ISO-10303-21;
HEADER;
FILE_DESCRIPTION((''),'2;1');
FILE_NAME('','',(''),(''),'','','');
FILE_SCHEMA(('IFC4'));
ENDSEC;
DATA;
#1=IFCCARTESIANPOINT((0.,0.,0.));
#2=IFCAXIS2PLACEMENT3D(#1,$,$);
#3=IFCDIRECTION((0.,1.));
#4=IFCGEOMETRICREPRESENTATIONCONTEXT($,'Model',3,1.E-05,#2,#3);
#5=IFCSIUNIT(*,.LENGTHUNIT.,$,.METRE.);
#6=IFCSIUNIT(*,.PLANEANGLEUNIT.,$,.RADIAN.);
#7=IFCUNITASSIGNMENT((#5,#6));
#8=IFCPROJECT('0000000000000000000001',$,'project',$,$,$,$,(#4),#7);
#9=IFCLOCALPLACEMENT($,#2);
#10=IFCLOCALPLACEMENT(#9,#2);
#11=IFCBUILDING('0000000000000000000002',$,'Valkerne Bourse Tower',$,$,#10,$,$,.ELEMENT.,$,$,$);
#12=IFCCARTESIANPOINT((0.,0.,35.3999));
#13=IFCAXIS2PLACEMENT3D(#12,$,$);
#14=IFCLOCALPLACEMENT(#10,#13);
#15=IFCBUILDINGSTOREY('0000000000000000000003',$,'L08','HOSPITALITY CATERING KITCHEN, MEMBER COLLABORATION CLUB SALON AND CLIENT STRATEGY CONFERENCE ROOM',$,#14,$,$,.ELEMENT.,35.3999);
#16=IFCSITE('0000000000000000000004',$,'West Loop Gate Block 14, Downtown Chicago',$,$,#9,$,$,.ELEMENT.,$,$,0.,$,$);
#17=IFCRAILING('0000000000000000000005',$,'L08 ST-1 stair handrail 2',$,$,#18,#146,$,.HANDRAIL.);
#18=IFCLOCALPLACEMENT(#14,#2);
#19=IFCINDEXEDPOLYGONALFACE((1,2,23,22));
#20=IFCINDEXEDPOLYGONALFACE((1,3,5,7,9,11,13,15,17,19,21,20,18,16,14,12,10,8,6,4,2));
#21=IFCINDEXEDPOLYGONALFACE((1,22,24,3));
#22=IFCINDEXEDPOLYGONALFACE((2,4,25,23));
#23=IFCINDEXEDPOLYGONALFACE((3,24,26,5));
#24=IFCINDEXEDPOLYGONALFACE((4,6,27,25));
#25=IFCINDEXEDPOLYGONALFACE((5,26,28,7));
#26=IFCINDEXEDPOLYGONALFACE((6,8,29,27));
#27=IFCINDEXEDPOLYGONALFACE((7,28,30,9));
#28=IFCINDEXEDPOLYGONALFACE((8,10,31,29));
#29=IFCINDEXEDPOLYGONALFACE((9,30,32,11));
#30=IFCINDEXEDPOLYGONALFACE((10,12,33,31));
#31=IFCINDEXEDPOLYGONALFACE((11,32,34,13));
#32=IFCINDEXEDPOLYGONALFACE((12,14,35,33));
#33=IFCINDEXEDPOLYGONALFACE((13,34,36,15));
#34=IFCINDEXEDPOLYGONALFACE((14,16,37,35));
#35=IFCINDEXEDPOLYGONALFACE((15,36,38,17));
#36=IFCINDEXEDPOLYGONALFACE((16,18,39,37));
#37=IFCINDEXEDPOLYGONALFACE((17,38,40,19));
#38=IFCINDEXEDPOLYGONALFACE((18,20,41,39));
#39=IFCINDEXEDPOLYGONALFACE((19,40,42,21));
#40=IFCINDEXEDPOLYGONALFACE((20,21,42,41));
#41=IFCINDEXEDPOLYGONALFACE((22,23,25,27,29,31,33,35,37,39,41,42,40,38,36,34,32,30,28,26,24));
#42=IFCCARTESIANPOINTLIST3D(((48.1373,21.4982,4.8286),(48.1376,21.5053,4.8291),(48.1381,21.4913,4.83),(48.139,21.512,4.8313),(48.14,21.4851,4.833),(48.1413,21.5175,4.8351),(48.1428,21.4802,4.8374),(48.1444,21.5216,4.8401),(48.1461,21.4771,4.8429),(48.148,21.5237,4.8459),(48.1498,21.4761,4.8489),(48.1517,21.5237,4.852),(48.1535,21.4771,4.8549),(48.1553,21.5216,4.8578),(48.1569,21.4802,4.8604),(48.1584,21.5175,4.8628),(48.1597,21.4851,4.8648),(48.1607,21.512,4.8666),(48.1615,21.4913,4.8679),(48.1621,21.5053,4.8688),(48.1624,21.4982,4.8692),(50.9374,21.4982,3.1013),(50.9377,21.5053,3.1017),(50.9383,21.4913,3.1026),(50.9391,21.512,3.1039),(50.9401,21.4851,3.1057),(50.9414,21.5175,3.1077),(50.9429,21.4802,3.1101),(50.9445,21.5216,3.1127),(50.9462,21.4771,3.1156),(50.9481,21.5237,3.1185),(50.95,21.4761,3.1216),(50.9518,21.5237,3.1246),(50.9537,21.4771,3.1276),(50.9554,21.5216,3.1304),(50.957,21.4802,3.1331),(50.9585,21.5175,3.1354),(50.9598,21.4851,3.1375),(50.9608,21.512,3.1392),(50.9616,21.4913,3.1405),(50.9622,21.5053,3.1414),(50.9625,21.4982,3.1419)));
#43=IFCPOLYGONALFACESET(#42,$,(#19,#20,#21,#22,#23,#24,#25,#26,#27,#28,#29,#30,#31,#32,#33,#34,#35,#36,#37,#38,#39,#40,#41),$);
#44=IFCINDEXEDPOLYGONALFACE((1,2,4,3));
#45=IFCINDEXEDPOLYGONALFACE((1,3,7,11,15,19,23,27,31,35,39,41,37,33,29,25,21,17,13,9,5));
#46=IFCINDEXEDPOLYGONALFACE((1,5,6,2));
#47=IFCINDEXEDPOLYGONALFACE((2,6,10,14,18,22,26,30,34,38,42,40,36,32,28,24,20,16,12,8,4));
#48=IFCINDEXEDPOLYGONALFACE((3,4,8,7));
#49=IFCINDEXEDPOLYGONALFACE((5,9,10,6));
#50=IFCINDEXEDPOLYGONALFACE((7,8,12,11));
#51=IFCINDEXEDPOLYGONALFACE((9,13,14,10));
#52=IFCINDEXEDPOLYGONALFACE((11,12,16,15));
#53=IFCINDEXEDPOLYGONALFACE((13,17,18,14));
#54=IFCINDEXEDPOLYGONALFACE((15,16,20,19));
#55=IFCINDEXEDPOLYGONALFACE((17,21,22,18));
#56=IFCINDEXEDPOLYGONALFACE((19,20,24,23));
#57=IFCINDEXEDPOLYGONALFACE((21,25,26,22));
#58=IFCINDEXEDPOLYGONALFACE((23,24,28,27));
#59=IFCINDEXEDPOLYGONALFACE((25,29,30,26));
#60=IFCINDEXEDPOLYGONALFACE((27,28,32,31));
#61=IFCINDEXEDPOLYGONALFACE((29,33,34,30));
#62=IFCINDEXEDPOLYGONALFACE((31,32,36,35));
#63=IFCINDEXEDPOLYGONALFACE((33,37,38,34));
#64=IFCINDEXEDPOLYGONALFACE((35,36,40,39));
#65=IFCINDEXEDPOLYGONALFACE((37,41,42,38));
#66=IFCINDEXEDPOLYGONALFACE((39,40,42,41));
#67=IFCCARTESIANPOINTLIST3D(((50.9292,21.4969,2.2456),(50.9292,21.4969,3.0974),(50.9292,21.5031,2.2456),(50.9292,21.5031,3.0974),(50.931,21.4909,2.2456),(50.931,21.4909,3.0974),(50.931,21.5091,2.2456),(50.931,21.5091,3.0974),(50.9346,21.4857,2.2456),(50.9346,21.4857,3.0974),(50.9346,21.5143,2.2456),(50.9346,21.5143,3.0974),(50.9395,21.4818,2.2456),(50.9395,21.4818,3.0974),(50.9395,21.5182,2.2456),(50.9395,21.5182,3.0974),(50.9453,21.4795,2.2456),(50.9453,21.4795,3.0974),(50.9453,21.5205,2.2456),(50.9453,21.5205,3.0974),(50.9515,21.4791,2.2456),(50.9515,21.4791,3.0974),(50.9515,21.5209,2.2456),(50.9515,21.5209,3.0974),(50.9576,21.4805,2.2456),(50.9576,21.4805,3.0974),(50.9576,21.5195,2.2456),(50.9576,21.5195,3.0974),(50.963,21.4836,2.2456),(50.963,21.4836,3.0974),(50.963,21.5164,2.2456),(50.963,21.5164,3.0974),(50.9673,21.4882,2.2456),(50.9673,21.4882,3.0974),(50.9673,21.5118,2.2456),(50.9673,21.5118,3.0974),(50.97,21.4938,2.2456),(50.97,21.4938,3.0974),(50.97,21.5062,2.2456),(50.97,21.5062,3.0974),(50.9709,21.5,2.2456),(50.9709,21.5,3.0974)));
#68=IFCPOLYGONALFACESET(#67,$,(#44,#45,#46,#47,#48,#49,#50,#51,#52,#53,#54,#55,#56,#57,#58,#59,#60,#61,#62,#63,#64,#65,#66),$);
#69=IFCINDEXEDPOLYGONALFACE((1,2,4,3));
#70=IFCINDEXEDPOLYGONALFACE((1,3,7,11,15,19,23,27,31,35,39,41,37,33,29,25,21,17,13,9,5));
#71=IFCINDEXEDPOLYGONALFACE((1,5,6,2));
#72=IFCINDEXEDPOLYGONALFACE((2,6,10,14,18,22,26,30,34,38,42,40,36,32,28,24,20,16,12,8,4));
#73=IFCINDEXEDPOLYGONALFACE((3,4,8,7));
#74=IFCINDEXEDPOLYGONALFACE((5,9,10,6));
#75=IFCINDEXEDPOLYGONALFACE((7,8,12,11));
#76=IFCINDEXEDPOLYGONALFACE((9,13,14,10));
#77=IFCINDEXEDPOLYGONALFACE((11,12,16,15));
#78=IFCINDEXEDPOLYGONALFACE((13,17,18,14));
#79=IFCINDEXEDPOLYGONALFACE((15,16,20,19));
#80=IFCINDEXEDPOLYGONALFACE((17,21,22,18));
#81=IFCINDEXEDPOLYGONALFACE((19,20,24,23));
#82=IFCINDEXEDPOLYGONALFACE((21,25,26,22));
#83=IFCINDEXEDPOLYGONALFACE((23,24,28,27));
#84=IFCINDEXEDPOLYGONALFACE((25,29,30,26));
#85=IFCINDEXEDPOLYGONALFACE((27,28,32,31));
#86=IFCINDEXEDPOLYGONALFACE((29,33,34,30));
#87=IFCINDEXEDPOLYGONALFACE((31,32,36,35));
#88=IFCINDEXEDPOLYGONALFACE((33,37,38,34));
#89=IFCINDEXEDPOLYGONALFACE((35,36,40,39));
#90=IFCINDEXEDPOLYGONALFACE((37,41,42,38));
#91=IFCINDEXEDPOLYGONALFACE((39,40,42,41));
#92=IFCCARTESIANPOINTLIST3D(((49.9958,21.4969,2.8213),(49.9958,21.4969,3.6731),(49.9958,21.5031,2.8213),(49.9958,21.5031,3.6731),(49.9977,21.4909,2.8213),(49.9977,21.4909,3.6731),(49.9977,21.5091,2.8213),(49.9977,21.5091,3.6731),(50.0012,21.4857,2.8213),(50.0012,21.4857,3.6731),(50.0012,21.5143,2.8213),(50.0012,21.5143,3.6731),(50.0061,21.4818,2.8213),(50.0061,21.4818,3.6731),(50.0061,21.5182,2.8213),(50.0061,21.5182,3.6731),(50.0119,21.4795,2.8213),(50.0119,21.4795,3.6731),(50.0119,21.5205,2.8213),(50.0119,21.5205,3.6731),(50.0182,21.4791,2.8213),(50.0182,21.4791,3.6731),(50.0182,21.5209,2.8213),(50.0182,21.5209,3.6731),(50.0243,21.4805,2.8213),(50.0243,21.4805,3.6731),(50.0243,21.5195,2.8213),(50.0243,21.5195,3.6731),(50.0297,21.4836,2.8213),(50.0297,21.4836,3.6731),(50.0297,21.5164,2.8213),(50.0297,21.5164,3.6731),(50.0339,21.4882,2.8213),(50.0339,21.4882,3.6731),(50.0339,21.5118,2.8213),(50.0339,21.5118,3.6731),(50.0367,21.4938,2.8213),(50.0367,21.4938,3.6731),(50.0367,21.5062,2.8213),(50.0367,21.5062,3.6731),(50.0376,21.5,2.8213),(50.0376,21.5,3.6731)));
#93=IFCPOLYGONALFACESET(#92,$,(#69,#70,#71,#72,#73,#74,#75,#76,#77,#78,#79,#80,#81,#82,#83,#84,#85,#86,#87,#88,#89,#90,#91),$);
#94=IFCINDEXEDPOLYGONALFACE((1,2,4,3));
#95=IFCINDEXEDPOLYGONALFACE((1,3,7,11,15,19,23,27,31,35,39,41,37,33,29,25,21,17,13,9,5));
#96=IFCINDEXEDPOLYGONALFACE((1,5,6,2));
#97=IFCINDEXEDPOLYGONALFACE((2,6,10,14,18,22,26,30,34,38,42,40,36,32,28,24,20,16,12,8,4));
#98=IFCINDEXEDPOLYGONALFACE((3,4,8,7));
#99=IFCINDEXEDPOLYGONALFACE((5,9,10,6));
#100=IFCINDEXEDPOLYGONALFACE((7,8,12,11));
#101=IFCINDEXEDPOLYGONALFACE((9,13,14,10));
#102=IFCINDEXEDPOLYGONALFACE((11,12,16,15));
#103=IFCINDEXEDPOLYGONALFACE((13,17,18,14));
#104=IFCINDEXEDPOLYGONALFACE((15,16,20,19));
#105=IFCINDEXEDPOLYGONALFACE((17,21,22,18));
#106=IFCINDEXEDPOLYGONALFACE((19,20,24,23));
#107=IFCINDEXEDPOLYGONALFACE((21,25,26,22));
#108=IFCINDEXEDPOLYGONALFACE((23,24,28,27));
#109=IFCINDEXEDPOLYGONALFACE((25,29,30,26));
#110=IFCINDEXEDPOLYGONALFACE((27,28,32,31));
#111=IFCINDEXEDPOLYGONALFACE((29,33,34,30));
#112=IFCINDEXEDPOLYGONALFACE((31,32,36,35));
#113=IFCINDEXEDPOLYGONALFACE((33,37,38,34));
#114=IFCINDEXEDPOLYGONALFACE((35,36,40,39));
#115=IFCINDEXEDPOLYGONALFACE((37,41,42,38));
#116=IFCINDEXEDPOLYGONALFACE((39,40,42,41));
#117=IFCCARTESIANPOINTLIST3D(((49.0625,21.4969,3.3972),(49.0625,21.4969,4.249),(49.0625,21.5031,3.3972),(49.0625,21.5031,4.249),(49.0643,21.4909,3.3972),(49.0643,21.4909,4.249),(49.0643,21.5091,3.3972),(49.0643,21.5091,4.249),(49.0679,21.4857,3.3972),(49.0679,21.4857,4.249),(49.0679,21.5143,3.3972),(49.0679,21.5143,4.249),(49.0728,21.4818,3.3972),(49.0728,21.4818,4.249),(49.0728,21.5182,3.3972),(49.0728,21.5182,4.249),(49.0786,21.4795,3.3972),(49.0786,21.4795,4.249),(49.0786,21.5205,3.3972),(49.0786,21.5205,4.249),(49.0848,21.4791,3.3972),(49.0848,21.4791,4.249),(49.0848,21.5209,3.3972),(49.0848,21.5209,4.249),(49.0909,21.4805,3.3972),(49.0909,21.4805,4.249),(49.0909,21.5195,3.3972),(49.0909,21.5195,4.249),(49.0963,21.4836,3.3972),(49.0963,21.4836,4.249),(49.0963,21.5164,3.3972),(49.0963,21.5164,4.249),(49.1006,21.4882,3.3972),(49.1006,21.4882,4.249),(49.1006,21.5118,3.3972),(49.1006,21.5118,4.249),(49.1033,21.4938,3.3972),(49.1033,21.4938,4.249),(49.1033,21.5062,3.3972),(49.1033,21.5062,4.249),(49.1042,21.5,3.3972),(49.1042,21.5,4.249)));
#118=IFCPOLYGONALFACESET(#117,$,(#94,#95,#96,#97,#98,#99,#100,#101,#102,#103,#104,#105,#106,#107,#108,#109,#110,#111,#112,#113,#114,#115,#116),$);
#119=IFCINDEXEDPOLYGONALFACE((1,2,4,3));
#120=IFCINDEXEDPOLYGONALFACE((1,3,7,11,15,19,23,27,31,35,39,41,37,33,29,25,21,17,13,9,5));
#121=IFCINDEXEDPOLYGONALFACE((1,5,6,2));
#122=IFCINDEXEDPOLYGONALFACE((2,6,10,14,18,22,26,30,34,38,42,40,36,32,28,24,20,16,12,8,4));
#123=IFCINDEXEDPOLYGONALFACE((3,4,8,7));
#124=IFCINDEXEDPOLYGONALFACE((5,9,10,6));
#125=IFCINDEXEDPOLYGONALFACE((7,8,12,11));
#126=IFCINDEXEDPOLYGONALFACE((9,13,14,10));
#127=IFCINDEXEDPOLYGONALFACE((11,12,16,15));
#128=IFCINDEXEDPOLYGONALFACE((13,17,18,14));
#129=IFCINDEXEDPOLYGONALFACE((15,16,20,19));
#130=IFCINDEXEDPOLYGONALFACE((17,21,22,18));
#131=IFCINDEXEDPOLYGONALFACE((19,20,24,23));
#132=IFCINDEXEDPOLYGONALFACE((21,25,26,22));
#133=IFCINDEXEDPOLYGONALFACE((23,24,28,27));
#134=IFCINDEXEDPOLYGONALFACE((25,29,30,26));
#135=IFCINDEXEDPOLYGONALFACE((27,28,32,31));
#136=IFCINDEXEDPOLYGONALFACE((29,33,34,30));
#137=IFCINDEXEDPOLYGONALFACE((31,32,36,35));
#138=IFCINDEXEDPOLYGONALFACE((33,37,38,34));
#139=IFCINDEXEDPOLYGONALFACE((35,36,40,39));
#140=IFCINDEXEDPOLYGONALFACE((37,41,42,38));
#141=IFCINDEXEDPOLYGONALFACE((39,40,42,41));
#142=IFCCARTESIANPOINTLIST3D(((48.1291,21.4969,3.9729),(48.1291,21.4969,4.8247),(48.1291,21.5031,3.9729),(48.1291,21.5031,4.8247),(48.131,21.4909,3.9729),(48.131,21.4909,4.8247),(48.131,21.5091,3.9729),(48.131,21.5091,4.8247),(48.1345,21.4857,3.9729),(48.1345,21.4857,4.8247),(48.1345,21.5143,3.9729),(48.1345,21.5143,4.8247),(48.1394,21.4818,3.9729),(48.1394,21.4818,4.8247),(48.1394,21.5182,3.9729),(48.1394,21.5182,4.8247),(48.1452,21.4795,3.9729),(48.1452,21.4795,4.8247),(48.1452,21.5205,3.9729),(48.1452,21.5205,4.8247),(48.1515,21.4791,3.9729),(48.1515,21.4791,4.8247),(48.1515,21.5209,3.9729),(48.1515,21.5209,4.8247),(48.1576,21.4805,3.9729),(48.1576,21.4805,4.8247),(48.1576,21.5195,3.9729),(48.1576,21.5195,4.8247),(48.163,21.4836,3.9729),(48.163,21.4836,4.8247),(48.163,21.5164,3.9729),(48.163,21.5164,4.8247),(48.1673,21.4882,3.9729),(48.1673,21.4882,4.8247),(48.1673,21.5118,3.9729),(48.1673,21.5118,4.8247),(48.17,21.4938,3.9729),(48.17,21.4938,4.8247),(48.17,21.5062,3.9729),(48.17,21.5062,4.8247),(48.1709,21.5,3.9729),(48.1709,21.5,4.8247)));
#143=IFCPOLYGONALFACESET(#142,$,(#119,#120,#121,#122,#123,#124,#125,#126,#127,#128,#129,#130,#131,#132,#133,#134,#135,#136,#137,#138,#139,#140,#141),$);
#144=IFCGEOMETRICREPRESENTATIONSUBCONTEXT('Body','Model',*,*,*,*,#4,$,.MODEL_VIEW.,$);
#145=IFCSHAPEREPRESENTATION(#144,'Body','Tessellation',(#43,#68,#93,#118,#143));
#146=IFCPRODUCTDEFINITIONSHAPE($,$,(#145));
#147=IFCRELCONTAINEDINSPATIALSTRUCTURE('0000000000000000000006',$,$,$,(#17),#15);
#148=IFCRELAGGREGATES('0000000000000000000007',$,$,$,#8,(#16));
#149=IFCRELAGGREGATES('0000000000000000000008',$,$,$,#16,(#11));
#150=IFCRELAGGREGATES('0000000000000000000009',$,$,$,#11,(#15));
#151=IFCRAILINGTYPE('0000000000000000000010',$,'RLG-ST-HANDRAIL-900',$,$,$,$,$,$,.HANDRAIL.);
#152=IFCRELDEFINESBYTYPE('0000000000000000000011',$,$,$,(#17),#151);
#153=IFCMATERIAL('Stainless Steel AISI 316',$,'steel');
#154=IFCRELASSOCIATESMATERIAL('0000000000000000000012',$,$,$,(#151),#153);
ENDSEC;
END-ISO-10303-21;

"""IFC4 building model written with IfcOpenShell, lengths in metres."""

from ifc_helpers import new_model, si_unit, direction, frame, origin, origin_2d, place, context, subcontext, project, spatial, circle, extrude, material, type_object, element, save


model = new_model("IFC4")

# Units and contexts
model_context = context("Model", 3, precision=1e-05, world=origin(), true_north=direction((0.0, 1.0)))
body_context = subcontext(model_context, "Body", "Model", "MODEL_VIEW")
ifc_project = project(units=[si_unit("LENGTHUNIT", "METRE"), si_unit("PLANEANGLEUNIT", "RADIAN")], contexts=[model_context])

# Site, building, storey
site_placement = place(None, origin())
site = spatial("IfcSite", under=ifc_project, at=site_placement, Name="West Loop Gate Block 14, Downtown Chicago", CompositionType="ELEMENT", RefElevation=0.0)
building_placement = place(site_placement, origin())
building = spatial("IfcBuilding", under=site, at=building_placement, Name="Valkerne Bourse Tower", CompositionType="ELEMENT")
storey_placement = place(building_placement, frame((0.0, 0.0, 35.3999)))
storey = spatial("IfcBuildingStorey", under=building, at=storey_placement, Name="L08", Description="HOSPITALITY CATERING KITCHEN, MEMBER COLLABORATION CLUB SALON AND CLIENT STRATEGY CONFERENCE ROOM", CompositionType="ELEMENT", Elevation=35.3999)

# Railing
ifc_material_1 = material(Name="Stainless Steel AISI 316", Category="steel")
railing_type_1 = type_object("IfcRailingType", Name="RLG-ST-HANDRAIL-900", PredefinedType="HANDRAIL", material=ifc_material_1)
railing_1_placement = place(storey_placement, frame((50.95, 21.5, 2.2456)))
element("IfcRailing", 1, at=railing_1_placement, inside=storey, type_object=railing_type_1, Name="L08 ST-1 stair handrail 2", PredefinedType="HANDRAIL", context=body_context, shape_type="SweptSolid", body=[
    extrude(circle(Radius=0.0239, at=origin_2d()), frame((0.0, 0.0, 0.876), z_axis=(-0.85109, 0.0, 0.52502), x_axis=(0.0, -1.0, 0.0)), (0.0, 0.0, 1.0), 3.29),
    extrude(circle(Radius=0.021, at=origin_2d()), origin(), (0.0, 0.0, 1.0), 0.8518),
    extrude(circle(Radius=0.021, at=origin_2d()), frame((-0.9333, 0.0, 0.5757)), (0.0, 0.0, 1.0), 0.8518),
    extrude(circle(Radius=0.021, at=origin_2d()), frame((-1.8667, 0.0, 1.1516)), (0.0, 0.0, 1.0), 0.8518),
    extrude(circle(Radius=0.021, at=origin_2d()), frame((-2.8, 0.0, 1.7273)), (0.0, 0.0, 1.0), 0.8518),
])

save(model, "model.ifc")
